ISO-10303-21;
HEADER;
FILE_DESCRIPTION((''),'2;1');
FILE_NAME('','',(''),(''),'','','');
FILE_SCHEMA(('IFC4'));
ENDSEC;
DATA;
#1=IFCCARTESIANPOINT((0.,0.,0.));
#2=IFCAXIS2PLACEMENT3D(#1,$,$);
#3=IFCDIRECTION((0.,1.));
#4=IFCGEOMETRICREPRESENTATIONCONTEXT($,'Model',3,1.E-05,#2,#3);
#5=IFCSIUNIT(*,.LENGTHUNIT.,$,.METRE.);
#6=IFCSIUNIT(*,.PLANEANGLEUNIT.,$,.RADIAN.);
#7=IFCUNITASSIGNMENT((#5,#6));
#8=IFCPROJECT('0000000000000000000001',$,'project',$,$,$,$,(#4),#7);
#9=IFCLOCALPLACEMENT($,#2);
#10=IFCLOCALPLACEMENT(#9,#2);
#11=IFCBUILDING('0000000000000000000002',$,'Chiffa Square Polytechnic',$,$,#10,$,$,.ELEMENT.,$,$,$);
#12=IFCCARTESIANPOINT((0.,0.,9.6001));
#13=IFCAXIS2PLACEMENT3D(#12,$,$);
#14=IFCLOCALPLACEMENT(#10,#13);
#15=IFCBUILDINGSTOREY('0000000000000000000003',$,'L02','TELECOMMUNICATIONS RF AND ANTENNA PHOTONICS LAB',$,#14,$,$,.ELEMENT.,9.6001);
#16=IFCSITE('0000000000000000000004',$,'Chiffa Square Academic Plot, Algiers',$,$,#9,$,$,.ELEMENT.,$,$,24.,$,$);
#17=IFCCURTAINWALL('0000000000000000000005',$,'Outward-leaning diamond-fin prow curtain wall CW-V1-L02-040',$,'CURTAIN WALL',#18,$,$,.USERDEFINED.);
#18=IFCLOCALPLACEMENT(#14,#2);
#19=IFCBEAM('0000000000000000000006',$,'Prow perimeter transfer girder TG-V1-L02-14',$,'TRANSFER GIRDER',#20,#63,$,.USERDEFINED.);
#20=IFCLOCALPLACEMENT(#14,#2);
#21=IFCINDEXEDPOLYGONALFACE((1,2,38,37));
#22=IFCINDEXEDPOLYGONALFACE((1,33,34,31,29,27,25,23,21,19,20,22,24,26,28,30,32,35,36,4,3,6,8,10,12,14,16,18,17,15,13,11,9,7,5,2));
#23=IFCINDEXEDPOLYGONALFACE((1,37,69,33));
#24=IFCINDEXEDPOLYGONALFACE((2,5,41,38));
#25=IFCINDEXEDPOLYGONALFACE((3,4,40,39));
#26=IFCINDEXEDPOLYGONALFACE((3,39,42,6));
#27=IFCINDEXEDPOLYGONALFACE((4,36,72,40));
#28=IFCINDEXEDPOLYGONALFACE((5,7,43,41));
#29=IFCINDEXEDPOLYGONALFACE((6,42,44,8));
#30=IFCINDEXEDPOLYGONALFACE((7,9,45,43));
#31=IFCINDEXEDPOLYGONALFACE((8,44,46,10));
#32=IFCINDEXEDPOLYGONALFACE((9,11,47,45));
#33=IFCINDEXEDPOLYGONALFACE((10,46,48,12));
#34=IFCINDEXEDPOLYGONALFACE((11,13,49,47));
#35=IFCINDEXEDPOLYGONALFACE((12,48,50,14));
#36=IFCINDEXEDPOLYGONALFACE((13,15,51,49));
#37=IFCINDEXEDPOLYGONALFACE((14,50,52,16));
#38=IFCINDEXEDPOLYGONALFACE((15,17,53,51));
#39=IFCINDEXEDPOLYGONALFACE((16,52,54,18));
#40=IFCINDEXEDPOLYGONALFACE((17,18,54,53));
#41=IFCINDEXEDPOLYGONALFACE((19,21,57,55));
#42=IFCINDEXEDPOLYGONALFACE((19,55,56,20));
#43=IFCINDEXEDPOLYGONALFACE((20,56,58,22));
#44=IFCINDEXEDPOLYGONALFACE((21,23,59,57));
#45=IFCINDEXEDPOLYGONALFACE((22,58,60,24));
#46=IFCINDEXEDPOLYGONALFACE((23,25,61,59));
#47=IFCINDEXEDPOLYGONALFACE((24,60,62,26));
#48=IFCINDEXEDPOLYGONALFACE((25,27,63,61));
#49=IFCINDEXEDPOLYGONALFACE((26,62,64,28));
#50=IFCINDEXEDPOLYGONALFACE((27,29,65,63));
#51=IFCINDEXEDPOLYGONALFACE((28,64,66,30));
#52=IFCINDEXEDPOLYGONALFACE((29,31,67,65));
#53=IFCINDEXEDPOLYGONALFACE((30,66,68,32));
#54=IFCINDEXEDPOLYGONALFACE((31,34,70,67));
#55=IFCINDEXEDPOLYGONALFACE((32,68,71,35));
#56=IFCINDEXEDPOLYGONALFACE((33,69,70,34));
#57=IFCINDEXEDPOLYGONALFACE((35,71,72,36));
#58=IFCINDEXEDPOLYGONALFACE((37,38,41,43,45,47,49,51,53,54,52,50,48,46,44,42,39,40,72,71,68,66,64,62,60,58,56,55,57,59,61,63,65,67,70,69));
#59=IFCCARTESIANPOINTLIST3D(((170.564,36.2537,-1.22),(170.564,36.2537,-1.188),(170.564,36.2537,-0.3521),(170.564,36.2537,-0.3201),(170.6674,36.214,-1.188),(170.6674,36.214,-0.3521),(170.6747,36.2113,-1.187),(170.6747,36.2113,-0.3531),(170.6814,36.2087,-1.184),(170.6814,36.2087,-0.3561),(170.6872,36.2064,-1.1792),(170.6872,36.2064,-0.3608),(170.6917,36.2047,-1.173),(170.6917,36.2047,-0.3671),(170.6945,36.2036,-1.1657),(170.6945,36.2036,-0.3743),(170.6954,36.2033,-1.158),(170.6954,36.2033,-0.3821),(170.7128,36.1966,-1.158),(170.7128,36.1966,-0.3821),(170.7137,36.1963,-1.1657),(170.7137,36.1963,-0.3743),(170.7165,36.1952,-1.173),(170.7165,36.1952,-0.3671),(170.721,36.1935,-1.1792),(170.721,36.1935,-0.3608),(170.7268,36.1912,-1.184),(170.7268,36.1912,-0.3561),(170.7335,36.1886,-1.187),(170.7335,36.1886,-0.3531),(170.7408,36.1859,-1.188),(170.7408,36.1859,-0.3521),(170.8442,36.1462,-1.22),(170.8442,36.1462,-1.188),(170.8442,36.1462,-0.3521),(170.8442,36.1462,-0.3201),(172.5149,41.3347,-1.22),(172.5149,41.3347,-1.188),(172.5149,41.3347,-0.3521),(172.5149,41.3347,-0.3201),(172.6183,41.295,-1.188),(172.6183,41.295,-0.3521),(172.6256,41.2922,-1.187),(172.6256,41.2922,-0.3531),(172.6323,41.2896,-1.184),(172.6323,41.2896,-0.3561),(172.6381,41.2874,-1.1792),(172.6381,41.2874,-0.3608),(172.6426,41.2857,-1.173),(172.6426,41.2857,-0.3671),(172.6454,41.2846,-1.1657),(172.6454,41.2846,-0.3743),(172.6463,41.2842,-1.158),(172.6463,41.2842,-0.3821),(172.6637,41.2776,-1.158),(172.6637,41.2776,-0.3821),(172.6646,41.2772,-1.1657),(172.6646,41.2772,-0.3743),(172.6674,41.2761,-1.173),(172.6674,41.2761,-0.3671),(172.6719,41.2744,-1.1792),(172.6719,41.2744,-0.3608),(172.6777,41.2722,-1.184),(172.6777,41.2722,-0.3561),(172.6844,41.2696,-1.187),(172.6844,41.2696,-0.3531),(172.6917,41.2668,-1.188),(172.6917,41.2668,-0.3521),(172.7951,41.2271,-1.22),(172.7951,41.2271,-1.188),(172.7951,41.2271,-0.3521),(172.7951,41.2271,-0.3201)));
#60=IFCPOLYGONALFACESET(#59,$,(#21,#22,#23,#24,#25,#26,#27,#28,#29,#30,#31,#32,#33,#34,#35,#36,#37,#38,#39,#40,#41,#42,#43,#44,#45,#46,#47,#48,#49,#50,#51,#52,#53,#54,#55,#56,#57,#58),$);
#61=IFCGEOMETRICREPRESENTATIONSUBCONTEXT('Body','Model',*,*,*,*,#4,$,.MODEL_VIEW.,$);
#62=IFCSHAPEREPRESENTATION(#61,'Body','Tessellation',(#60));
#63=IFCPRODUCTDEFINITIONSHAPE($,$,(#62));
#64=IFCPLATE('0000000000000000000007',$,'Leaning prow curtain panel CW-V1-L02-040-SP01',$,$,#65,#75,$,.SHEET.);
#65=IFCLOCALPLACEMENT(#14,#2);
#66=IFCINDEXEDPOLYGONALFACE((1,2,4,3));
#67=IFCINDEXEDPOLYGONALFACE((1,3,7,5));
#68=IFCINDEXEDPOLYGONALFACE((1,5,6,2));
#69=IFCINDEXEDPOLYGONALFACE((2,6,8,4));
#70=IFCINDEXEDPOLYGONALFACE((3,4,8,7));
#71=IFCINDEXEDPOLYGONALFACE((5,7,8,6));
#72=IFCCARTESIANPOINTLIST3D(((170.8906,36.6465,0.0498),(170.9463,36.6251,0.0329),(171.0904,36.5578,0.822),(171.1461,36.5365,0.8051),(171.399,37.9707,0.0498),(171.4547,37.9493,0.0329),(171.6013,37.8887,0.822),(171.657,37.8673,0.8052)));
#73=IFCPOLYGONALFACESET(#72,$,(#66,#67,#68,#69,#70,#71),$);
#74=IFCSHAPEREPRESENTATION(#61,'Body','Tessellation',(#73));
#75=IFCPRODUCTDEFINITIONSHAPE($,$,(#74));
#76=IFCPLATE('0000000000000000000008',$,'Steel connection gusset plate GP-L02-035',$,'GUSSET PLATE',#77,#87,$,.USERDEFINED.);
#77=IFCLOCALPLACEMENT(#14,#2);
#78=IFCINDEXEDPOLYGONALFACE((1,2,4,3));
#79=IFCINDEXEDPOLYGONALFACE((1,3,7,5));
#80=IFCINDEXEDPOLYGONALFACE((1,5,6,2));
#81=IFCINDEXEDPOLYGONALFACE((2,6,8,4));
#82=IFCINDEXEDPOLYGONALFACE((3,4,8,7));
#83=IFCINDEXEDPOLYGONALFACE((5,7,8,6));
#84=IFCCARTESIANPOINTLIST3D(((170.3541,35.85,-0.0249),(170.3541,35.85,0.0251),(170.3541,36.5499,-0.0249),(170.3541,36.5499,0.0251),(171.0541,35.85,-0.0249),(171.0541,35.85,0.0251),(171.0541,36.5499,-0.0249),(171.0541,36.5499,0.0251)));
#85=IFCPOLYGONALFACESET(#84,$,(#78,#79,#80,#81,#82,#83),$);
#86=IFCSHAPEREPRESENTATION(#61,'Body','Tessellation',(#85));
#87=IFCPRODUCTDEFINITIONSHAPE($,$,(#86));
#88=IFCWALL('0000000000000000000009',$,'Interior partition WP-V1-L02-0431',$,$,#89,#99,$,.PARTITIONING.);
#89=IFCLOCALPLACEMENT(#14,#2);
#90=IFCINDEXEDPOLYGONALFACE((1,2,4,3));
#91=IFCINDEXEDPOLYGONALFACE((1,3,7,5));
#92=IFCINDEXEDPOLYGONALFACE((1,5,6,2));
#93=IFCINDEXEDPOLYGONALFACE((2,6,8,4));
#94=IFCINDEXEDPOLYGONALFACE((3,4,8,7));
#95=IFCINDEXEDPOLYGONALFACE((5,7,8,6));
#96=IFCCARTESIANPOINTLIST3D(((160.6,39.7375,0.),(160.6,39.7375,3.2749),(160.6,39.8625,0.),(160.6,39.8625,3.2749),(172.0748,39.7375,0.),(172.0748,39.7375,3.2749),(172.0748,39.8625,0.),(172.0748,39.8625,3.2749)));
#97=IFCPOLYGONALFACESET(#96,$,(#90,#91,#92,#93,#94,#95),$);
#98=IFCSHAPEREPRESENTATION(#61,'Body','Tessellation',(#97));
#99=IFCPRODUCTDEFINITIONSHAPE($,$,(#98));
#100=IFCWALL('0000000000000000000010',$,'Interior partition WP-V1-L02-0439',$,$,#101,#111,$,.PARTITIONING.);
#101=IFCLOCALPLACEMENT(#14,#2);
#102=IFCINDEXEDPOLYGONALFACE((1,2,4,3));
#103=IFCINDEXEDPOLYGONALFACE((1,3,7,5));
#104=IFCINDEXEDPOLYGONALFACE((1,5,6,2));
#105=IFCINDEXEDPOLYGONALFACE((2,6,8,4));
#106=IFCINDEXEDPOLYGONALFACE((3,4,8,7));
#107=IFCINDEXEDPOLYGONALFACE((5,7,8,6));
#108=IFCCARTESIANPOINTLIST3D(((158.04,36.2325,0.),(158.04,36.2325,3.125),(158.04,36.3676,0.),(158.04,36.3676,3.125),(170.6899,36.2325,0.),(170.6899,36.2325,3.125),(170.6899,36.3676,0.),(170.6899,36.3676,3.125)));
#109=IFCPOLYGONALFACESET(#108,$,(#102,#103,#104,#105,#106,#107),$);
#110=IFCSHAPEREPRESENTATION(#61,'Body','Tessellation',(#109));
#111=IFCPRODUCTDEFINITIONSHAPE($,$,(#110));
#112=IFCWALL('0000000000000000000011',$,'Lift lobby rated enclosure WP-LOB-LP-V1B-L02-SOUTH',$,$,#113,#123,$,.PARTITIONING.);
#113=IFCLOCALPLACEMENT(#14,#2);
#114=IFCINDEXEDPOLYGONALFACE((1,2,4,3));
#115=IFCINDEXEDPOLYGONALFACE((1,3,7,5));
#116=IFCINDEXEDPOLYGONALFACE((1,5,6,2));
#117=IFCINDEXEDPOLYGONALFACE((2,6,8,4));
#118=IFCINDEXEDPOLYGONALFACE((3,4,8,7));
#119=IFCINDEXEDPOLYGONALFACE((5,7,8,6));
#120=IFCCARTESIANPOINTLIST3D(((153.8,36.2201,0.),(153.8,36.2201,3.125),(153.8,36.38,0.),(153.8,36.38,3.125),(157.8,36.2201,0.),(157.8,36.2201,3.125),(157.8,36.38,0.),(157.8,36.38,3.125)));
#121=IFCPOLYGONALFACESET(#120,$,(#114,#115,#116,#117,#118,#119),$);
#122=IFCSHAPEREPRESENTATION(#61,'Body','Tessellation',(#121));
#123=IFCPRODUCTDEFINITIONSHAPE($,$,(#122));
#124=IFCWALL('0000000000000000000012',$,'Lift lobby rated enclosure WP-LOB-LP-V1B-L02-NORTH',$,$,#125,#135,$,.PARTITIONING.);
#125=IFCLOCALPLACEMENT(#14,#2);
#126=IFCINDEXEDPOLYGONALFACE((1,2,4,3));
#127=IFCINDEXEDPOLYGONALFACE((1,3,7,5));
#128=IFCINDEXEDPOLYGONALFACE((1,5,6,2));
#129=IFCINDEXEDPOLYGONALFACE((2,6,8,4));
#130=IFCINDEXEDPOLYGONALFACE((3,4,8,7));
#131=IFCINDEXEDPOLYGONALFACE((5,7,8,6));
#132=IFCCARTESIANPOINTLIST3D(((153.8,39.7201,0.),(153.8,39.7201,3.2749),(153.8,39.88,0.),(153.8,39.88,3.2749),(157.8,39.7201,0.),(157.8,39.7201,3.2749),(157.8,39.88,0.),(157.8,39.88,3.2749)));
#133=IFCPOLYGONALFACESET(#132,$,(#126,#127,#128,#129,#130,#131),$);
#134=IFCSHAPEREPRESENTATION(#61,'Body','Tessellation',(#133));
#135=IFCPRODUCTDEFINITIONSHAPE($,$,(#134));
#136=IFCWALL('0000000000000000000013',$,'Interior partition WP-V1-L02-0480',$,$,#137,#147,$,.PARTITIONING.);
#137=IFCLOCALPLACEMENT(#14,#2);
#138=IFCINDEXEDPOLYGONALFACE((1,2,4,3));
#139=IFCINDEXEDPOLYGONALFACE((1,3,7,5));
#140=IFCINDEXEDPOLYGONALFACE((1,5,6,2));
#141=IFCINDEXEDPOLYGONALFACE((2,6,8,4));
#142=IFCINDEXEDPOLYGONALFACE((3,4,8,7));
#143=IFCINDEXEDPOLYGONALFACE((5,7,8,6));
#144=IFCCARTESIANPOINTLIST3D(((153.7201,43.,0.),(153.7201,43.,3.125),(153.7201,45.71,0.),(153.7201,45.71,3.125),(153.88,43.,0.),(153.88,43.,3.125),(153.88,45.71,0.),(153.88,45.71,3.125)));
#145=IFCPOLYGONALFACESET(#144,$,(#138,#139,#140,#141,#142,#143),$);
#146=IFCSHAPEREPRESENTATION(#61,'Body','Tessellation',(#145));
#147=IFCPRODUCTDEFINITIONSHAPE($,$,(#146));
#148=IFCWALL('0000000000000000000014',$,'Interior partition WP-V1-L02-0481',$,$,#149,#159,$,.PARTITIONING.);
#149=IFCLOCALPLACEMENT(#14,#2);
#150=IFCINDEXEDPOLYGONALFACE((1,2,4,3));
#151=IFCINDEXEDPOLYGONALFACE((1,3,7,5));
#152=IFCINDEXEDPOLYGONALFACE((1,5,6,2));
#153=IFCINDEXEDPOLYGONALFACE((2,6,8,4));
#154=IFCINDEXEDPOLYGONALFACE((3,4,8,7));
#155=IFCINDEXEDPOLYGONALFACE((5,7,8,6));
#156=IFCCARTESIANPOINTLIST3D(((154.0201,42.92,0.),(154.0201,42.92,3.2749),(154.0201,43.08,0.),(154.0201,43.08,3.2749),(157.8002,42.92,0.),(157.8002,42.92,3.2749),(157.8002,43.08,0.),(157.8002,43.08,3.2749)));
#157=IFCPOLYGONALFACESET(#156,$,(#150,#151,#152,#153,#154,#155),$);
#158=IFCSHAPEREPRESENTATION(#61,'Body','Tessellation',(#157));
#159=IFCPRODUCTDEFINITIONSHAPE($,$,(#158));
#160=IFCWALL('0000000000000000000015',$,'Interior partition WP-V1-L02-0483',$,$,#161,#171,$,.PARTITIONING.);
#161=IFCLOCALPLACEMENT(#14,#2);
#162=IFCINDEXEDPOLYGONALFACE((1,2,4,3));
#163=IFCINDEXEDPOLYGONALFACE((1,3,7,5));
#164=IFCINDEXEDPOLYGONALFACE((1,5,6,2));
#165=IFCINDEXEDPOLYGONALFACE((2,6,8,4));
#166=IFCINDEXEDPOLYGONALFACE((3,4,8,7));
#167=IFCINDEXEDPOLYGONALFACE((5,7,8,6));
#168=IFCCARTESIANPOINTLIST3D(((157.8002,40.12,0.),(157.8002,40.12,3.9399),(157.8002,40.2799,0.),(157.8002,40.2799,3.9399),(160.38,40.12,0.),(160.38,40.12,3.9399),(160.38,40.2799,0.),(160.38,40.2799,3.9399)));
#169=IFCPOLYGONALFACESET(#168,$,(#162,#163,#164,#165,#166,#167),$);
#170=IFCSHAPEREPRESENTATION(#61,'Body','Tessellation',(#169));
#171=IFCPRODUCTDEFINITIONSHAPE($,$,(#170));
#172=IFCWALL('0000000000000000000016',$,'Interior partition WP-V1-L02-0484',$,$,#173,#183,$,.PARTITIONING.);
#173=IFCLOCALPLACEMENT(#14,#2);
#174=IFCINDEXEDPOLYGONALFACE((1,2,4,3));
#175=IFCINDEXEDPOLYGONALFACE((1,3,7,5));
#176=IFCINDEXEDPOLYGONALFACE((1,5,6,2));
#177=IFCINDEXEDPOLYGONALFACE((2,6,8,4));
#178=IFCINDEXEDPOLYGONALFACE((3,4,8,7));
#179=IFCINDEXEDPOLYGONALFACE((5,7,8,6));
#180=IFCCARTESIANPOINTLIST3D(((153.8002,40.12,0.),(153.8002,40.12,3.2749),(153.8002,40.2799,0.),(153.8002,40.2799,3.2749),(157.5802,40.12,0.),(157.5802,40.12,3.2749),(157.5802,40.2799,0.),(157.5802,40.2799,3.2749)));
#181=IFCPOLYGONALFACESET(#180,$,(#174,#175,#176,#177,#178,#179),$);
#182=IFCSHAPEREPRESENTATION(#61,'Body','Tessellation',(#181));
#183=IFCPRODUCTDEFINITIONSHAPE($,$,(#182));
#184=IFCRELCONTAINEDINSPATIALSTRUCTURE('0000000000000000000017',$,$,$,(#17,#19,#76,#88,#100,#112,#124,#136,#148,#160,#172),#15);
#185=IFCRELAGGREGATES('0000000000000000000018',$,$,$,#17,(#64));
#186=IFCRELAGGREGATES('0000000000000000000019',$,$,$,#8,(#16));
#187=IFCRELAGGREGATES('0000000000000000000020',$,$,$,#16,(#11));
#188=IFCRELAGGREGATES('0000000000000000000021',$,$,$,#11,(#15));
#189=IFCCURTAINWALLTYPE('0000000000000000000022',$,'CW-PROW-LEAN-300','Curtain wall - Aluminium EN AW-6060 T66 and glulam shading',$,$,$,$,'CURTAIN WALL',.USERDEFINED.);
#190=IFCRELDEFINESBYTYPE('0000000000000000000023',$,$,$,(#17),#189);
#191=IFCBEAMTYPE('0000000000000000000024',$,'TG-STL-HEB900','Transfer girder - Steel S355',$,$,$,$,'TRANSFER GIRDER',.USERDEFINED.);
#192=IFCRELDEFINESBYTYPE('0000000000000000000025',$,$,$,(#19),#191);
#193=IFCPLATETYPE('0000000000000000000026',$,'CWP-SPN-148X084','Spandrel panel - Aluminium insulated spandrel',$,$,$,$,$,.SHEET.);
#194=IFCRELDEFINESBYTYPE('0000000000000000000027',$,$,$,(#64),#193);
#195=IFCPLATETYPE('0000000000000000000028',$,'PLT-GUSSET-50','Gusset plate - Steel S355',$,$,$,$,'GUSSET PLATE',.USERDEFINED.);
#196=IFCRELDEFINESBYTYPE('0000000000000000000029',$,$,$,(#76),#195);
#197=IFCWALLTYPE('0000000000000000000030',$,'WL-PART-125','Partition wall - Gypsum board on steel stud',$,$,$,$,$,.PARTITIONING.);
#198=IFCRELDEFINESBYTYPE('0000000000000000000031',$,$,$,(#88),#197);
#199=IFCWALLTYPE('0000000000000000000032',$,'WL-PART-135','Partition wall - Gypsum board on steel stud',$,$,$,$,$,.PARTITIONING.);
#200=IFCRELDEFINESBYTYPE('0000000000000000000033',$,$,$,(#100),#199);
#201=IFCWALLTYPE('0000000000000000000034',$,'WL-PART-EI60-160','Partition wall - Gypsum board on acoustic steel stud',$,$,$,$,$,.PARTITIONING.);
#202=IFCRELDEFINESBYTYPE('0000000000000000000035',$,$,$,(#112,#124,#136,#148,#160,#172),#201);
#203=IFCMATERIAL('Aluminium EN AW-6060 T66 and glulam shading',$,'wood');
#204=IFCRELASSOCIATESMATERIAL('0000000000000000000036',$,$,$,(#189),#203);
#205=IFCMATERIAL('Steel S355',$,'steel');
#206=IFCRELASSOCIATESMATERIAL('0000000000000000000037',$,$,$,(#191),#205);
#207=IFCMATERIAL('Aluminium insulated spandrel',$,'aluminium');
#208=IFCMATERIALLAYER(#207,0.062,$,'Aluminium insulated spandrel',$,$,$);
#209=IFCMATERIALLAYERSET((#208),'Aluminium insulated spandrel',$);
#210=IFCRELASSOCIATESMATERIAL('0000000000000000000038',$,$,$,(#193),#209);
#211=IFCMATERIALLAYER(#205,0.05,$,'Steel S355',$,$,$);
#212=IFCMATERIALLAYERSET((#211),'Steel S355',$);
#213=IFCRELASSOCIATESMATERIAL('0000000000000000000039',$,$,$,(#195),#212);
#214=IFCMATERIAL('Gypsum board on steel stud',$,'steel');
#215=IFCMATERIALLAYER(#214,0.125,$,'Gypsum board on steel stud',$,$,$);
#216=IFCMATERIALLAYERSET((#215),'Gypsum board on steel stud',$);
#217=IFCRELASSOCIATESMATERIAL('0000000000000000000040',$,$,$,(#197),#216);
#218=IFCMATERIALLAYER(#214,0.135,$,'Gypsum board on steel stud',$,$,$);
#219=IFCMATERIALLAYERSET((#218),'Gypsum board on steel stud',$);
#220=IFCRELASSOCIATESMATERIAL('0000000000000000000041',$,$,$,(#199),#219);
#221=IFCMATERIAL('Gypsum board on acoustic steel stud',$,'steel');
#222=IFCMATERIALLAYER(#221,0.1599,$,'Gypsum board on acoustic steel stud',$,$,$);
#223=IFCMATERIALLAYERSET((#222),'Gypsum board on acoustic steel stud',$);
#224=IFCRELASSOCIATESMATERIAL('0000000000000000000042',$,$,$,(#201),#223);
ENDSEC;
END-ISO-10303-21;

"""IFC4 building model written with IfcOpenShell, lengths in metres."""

from ifc_helpers import new_model, si_unit, direction, frame, frame_2d, origin, origin_2d, place, context, subcontext, project, spatial, polyline, rectangle, i_section, outline, extrude, material, layer, layer_set, material_profile, profile_set, type_object, element, aggregate, save


model = new_model("IFC4")

# Units and contexts
model_context = context("Model", 3, precision=1e-05, world=origin(), true_north=direction((0.0, 1.0)))
body_context = subcontext(model_context, "Body", "Model", "MODEL_VIEW")
ifc_project = project(units=[si_unit("LENGTHUNIT", "METRE"), si_unit("PLANEANGLEUNIT", "RADIAN")], contexts=[model_context])

# Site, building, storey
site_placement = place(None, origin())
site = spatial("IfcSite", under=ifc_project, at=site_placement, Name="Chiffa Square Academic Plot, Algiers", CompositionType="ELEMENT", RefElevation=24.0)
building_placement = place(site_placement, origin())
building = spatial("IfcBuilding", under=site, at=building_placement, Name="Chiffa Square Polytechnic", CompositionType="ELEMENT")
storey_placement = place(building_placement, frame((0.0, 0.0, 9.6001)))
storey = spatial("IfcBuildingStorey", under=building, at=storey_placement, Name="L02", Description="TELECOMMUNICATIONS RF AND ANTENNA PHOTONICS LAB", CompositionType="ELEMENT", Elevation=9.6001)

# Curtain wall
ifc_material_1 = material(Name="Aluminium EN AW-6060 T66 and glulam shading", Category="wood")
curtain_wall_type_1 = type_object("IfcCurtainWallType", Name="CW-PROW-LEAN-300", Description="Curtain wall - Aluminium EN AW-6060 T66 and glulam shading", ElementType="CURTAIN WALL", PredefinedType="USERDEFINED", material=ifc_material_1)
curtain_wall_1_placement = place(storey_placement, origin())
curtain_wall_1 = element("IfcCurtainWall", 1, at=curtain_wall_1_placement, inside=storey, type_object=curtain_wall_type_1, Name="Outward-leaning diamond-fin prow curtain wall CW-V1-L02-040", ObjectType="CURTAIN WALL", PredefinedType="USERDEFINED")

# Beam
ifc_material_2 = material(Name="Steel S355", Category="steel")
ifc_material_profile_1 = material_profile(ifc_material_2, i_section(OverallWidth=0.3, OverallDepth=0.8999, WebThickness=0.0186, FlangeThickness=0.032, FilletRadius=0.03, at=origin_2d()), Name="HEB 900")
ifc_profile_set_1 = profile_set([ifc_material_profile_1], Name="Steel S355")
beam_type_1 = type_object("IfcBeamType", Name="TG-STL-HEB900", Description="Transfer girder - Steel S355", ElementType="TRANSFER GIRDER", PredefinedType="USERDEFINED", material=ifc_profile_set_1)
beam_1_placement = place(storey_placement, frame((170.7041, 36.2, -0.77), z_axis=(0.358447, 0.93355, 0.0), x_axis=(-0.93355, 0.358447, 0.0)))
element("IfcBeam", 2, at=beam_1_placement, inside=storey, type_object=beam_type_1, Name="Prow perimeter transfer girder TG-V1-L02-14", ObjectType="TRANSFER GIRDER", PredefinedType="USERDEFINED", context=body_context, shape_type="SweptSolid", body=[
    extrude(i_section(OverallWidth=0.3, OverallDepth=0.8999, WebThickness=0.0186, FlangeThickness=0.032, FilletRadius=0.03, at=origin_2d()), origin(), (0.0, 0.0, 1.0), 5.4426),
])

# Plates
ifc_material_3 = material(Name="Aluminium insulated spandrel", Category="aluminium")
ifc_layer_1 = layer(ifc_material_3, 0.062, Name="Aluminium insulated spandrel")
ifc_layer_set_1 = layer_set([ifc_layer_1], Name="Aluminium insulated spandrel")
plate_type_1 = type_object("IfcPlateType", Name="CWP-SPN-148X084", Description="Spandrel panel - Aluminium insulated spandrel", PredefinedType="SHEET", material=ifc_layer_set_1)
plate_1_placement = place(storey_placement, frame((170.8906, 36.6465, 0.0498), z_axis=(-0.898368, 0.344891, 0.272003), x_axis=(0.3584, 0.933568, -0.000013)))
plate_1 = element("IfcPlate", 3, at=plate_1_placement, type_object=plate_type_1, Name="Leaning prow curtain panel CW-V1-L02-040-SP01", PredefinedType="SHEET", context=body_context, shape_type="SweptSolid", body=[
    extrude(outline(polyline([(0.0, 0.0), (1.4184, 0.0), (1.4144, -0.8025), (-0.0112, -0.8025), (0.0, 0.0)])), origin(), (0.0, 0.0, -1.0), 0.062),
])
aggregate(curtain_wall_1, [plate_1])
ifc_layer_2 = layer(ifc_material_2, 0.05, Name="Steel S355")
ifc_layer_set_2 = layer_set([ifc_layer_2], Name="Steel S355")
plate_type_2 = type_object("IfcPlateType", Name="PLT-GUSSET-50", Description="Gusset plate - Steel S355", ElementType="GUSSET PLATE", PredefinedType="USERDEFINED", material=ifc_layer_set_2)
plate_2_placement = place(storey_placement, frame((170.7041, 36.2, -0.0249), z_axis=(0.0, 0.0, 1.0), x_axis=(1.0, 0.0, 0.0)))
element("IfcPlate", 4, at=plate_2_placement, inside=storey, type_object=plate_type_2, Name="Steel connection gusset plate GP-L02-035", ObjectType="GUSSET PLATE", PredefinedType="USERDEFINED", context=body_context, shape_type="SweptSolid", body=[
    extrude(rectangle(XDim=0.7, YDim=0.7, at=origin_2d()), origin(), (0.0, 0.0, 1.0), 0.05),
])

# Walls
ifc_material_4 = material(Name="Gypsum board on steel stud", Category="steel")
ifc_layer_3 = layer(ifc_material_4, 0.125, Name="Gypsum board on steel stud")
ifc_layer_set_3 = layer_set([ifc_layer_3], Name="Gypsum board on steel stud")
wall_type_1 = type_object("IfcWallType", Name="WL-PART-125", Description="Partition wall - Gypsum board on steel stud", PredefinedType="PARTITIONING", material=ifc_layer_set_3)
wall_1_placement = place(storey_placement, frame((160.6001, 39.8, 0.0), z_axis=(0.0, 0.0, 1.0), x_axis=(1.0, 0.0, 0.0)))
element("IfcWall", 5, at=wall_1_placement, inside=storey, type_object=wall_type_1, Name="Interior partition WP-V1-L02-0431", PredefinedType="PARTITIONING", context=body_context, shape_type="SweptSolid", body=[
    extrude(rectangle(XDim=11.4749, YDim=0.125, at=frame_2d((5.7373, 0.0))), origin(), (0.0, 0.0, 1.0), 3.2749),
])
ifc_layer_4 = layer(ifc_material_4, 0.135, Name="Gypsum board on steel stud")
ifc_layer_set_4 = layer_set([ifc_layer_4], Name="Gypsum board on steel stud")
wall_type_2 = type_object("IfcWallType", Name="WL-PART-135", Description="Partition wall - Gypsum board on steel stud", PredefinedType="PARTITIONING", material=ifc_layer_set_4)
wall_2_placement = place(storey_placement, frame((158.04, 36.3, 0.0), z_axis=(0.0, 0.0, 1.0), x_axis=(1.0, 0.0, 0.0)))
element("IfcWall", 6, at=wall_2_placement, inside=storey, type_object=wall_type_2, Name="Interior partition WP-V1-L02-0439", PredefinedType="PARTITIONING", context=body_context, shape_type="SweptSolid", body=[
    extrude(rectangle(XDim=12.6499, YDim=0.135, at=frame_2d((6.325, 0.0))), origin(), (0.0, 0.0, 1.0), 3.125),
])
ifc_material_5 = material(Name="Gypsum board on acoustic steel stud", Category="steel")
ifc_layer_5 = layer(ifc_material_5, 0.1599, Name="Gypsum board on acoustic steel stud")
ifc_layer_set_5 = layer_set([ifc_layer_5], Name="Gypsum board on acoustic steel stud")
wall_type_3 = type_object("IfcWallType", Name="WL-PART-EI60-160", Description="Partition wall - Gypsum board on acoustic steel stud", PredefinedType="PARTITIONING", material=ifc_layer_set_5)
wall_3_placement = place(storey_placement, frame((153.8, 36.3, 0.0), z_axis=(0.0, 0.0, 1.0), x_axis=(1.0, 0.0, 0.0)))
element("IfcWall", 7, at=wall_3_placement, inside=storey, type_object=wall_type_3, Name="Lift lobby rated enclosure WP-LOB-LP-V1B-L02-SOUTH", PredefinedType="PARTITIONING", context=body_context, shape_type="SweptSolid", body=[
    extrude(rectangle(XDim=4.0, YDim=0.1599, at=frame_2d((2.0, 0.0))), origin(), (0.0, 0.0, 1.0), 3.125),
])
wall_4_placement = place(storey_placement, frame((153.8, 39.8, 0.0), z_axis=(0.0, 0.0, 1.0), x_axis=(1.0, 0.0, 0.0)))
element("IfcWall", 8, at=wall_4_placement, inside=storey, type_object=wall_type_3, Name="Lift lobby rated enclosure WP-LOB-LP-V1B-L02-NORTH", PredefinedType="PARTITIONING", context=body_context, shape_type="SweptSolid", body=[
    extrude(rectangle(XDim=4.0, YDim=0.1599, at=frame_2d((2.0, 0.0))), origin(), (0.0, 0.0, 1.0), 3.2749),
])

# Walls
wall_5_placement = place(storey_placement, frame((153.8, 43.0, 0.0), z_axis=(0.0, 0.0, 1.0), x_axis=(0.0, 1.0, 0.0)))
element("IfcWall", 9, at=wall_5_placement, inside=storey, type_object=wall_type_3, Name="Interior partition WP-V1-L02-0480", PredefinedType="PARTITIONING", context=body_context, shape_type="SweptSolid", body=[
    extrude(rectangle(XDim=2.71, YDim=0.1599, at=frame_2d((1.355, 0.0))), origin(), (0.0, 0.0, 1.0), 3.125),
])
wall_6_placement = place(storey_placement, frame((154.02, 43.0, 0.0), z_axis=(0.0, 0.0, 1.0), x_axis=(1.0, 0.0, 0.0)))
element("IfcWall", 10, at=wall_6_placement, inside=storey, type_object=wall_type_3, Name="Interior partition WP-V1-L02-0481", PredefinedType="PARTITIONING", context=body_context, shape_type="SweptSolid", body=[
    extrude(rectangle(XDim=3.78, YDim=0.1599, at=frame_2d((1.8901, 0.0))), origin(), (0.0, 0.0, 1.0), 3.2749),
])
wall_7_placement = place(storey_placement, frame((157.8, 40.2, 0.0), z_axis=(0.0, 0.0, 1.0), x_axis=(1.0, 0.0, 0.0)))
element("IfcWall", 11, at=wall_7_placement, inside=storey, type_object=wall_type_3, Name="Interior partition WP-V1-L02-0483", PredefinedType="PARTITIONING", context=body_context, shape_type="SweptSolid", body=[
    extrude(rectangle(XDim=2.5798, YDim=0.1599, at=frame_2d((1.29, 0.0))), origin(), (0.0, 0.0, 1.0), 3.9399),
])
wall_8_placement = place(storey_placement, frame((153.8, 40.2, 0.0), z_axis=(0.0, 0.0, 1.0), x_axis=(1.0, 0.0, 0.0)))
element("IfcWall", 12, at=wall_8_placement, inside=storey, type_object=wall_type_3, Name="Interior partition WP-V1-L02-0484", PredefinedType="PARTITIONING", context=body_context, shape_type="SweptSolid", body=[
    extrude(rectangle(XDim=3.78, YDim=0.1599, at=frame_2d((1.8901, 0.0))), origin(), (0.0, 0.0, 1.0), 3.2749),
])

save(model, "model.ifc")
